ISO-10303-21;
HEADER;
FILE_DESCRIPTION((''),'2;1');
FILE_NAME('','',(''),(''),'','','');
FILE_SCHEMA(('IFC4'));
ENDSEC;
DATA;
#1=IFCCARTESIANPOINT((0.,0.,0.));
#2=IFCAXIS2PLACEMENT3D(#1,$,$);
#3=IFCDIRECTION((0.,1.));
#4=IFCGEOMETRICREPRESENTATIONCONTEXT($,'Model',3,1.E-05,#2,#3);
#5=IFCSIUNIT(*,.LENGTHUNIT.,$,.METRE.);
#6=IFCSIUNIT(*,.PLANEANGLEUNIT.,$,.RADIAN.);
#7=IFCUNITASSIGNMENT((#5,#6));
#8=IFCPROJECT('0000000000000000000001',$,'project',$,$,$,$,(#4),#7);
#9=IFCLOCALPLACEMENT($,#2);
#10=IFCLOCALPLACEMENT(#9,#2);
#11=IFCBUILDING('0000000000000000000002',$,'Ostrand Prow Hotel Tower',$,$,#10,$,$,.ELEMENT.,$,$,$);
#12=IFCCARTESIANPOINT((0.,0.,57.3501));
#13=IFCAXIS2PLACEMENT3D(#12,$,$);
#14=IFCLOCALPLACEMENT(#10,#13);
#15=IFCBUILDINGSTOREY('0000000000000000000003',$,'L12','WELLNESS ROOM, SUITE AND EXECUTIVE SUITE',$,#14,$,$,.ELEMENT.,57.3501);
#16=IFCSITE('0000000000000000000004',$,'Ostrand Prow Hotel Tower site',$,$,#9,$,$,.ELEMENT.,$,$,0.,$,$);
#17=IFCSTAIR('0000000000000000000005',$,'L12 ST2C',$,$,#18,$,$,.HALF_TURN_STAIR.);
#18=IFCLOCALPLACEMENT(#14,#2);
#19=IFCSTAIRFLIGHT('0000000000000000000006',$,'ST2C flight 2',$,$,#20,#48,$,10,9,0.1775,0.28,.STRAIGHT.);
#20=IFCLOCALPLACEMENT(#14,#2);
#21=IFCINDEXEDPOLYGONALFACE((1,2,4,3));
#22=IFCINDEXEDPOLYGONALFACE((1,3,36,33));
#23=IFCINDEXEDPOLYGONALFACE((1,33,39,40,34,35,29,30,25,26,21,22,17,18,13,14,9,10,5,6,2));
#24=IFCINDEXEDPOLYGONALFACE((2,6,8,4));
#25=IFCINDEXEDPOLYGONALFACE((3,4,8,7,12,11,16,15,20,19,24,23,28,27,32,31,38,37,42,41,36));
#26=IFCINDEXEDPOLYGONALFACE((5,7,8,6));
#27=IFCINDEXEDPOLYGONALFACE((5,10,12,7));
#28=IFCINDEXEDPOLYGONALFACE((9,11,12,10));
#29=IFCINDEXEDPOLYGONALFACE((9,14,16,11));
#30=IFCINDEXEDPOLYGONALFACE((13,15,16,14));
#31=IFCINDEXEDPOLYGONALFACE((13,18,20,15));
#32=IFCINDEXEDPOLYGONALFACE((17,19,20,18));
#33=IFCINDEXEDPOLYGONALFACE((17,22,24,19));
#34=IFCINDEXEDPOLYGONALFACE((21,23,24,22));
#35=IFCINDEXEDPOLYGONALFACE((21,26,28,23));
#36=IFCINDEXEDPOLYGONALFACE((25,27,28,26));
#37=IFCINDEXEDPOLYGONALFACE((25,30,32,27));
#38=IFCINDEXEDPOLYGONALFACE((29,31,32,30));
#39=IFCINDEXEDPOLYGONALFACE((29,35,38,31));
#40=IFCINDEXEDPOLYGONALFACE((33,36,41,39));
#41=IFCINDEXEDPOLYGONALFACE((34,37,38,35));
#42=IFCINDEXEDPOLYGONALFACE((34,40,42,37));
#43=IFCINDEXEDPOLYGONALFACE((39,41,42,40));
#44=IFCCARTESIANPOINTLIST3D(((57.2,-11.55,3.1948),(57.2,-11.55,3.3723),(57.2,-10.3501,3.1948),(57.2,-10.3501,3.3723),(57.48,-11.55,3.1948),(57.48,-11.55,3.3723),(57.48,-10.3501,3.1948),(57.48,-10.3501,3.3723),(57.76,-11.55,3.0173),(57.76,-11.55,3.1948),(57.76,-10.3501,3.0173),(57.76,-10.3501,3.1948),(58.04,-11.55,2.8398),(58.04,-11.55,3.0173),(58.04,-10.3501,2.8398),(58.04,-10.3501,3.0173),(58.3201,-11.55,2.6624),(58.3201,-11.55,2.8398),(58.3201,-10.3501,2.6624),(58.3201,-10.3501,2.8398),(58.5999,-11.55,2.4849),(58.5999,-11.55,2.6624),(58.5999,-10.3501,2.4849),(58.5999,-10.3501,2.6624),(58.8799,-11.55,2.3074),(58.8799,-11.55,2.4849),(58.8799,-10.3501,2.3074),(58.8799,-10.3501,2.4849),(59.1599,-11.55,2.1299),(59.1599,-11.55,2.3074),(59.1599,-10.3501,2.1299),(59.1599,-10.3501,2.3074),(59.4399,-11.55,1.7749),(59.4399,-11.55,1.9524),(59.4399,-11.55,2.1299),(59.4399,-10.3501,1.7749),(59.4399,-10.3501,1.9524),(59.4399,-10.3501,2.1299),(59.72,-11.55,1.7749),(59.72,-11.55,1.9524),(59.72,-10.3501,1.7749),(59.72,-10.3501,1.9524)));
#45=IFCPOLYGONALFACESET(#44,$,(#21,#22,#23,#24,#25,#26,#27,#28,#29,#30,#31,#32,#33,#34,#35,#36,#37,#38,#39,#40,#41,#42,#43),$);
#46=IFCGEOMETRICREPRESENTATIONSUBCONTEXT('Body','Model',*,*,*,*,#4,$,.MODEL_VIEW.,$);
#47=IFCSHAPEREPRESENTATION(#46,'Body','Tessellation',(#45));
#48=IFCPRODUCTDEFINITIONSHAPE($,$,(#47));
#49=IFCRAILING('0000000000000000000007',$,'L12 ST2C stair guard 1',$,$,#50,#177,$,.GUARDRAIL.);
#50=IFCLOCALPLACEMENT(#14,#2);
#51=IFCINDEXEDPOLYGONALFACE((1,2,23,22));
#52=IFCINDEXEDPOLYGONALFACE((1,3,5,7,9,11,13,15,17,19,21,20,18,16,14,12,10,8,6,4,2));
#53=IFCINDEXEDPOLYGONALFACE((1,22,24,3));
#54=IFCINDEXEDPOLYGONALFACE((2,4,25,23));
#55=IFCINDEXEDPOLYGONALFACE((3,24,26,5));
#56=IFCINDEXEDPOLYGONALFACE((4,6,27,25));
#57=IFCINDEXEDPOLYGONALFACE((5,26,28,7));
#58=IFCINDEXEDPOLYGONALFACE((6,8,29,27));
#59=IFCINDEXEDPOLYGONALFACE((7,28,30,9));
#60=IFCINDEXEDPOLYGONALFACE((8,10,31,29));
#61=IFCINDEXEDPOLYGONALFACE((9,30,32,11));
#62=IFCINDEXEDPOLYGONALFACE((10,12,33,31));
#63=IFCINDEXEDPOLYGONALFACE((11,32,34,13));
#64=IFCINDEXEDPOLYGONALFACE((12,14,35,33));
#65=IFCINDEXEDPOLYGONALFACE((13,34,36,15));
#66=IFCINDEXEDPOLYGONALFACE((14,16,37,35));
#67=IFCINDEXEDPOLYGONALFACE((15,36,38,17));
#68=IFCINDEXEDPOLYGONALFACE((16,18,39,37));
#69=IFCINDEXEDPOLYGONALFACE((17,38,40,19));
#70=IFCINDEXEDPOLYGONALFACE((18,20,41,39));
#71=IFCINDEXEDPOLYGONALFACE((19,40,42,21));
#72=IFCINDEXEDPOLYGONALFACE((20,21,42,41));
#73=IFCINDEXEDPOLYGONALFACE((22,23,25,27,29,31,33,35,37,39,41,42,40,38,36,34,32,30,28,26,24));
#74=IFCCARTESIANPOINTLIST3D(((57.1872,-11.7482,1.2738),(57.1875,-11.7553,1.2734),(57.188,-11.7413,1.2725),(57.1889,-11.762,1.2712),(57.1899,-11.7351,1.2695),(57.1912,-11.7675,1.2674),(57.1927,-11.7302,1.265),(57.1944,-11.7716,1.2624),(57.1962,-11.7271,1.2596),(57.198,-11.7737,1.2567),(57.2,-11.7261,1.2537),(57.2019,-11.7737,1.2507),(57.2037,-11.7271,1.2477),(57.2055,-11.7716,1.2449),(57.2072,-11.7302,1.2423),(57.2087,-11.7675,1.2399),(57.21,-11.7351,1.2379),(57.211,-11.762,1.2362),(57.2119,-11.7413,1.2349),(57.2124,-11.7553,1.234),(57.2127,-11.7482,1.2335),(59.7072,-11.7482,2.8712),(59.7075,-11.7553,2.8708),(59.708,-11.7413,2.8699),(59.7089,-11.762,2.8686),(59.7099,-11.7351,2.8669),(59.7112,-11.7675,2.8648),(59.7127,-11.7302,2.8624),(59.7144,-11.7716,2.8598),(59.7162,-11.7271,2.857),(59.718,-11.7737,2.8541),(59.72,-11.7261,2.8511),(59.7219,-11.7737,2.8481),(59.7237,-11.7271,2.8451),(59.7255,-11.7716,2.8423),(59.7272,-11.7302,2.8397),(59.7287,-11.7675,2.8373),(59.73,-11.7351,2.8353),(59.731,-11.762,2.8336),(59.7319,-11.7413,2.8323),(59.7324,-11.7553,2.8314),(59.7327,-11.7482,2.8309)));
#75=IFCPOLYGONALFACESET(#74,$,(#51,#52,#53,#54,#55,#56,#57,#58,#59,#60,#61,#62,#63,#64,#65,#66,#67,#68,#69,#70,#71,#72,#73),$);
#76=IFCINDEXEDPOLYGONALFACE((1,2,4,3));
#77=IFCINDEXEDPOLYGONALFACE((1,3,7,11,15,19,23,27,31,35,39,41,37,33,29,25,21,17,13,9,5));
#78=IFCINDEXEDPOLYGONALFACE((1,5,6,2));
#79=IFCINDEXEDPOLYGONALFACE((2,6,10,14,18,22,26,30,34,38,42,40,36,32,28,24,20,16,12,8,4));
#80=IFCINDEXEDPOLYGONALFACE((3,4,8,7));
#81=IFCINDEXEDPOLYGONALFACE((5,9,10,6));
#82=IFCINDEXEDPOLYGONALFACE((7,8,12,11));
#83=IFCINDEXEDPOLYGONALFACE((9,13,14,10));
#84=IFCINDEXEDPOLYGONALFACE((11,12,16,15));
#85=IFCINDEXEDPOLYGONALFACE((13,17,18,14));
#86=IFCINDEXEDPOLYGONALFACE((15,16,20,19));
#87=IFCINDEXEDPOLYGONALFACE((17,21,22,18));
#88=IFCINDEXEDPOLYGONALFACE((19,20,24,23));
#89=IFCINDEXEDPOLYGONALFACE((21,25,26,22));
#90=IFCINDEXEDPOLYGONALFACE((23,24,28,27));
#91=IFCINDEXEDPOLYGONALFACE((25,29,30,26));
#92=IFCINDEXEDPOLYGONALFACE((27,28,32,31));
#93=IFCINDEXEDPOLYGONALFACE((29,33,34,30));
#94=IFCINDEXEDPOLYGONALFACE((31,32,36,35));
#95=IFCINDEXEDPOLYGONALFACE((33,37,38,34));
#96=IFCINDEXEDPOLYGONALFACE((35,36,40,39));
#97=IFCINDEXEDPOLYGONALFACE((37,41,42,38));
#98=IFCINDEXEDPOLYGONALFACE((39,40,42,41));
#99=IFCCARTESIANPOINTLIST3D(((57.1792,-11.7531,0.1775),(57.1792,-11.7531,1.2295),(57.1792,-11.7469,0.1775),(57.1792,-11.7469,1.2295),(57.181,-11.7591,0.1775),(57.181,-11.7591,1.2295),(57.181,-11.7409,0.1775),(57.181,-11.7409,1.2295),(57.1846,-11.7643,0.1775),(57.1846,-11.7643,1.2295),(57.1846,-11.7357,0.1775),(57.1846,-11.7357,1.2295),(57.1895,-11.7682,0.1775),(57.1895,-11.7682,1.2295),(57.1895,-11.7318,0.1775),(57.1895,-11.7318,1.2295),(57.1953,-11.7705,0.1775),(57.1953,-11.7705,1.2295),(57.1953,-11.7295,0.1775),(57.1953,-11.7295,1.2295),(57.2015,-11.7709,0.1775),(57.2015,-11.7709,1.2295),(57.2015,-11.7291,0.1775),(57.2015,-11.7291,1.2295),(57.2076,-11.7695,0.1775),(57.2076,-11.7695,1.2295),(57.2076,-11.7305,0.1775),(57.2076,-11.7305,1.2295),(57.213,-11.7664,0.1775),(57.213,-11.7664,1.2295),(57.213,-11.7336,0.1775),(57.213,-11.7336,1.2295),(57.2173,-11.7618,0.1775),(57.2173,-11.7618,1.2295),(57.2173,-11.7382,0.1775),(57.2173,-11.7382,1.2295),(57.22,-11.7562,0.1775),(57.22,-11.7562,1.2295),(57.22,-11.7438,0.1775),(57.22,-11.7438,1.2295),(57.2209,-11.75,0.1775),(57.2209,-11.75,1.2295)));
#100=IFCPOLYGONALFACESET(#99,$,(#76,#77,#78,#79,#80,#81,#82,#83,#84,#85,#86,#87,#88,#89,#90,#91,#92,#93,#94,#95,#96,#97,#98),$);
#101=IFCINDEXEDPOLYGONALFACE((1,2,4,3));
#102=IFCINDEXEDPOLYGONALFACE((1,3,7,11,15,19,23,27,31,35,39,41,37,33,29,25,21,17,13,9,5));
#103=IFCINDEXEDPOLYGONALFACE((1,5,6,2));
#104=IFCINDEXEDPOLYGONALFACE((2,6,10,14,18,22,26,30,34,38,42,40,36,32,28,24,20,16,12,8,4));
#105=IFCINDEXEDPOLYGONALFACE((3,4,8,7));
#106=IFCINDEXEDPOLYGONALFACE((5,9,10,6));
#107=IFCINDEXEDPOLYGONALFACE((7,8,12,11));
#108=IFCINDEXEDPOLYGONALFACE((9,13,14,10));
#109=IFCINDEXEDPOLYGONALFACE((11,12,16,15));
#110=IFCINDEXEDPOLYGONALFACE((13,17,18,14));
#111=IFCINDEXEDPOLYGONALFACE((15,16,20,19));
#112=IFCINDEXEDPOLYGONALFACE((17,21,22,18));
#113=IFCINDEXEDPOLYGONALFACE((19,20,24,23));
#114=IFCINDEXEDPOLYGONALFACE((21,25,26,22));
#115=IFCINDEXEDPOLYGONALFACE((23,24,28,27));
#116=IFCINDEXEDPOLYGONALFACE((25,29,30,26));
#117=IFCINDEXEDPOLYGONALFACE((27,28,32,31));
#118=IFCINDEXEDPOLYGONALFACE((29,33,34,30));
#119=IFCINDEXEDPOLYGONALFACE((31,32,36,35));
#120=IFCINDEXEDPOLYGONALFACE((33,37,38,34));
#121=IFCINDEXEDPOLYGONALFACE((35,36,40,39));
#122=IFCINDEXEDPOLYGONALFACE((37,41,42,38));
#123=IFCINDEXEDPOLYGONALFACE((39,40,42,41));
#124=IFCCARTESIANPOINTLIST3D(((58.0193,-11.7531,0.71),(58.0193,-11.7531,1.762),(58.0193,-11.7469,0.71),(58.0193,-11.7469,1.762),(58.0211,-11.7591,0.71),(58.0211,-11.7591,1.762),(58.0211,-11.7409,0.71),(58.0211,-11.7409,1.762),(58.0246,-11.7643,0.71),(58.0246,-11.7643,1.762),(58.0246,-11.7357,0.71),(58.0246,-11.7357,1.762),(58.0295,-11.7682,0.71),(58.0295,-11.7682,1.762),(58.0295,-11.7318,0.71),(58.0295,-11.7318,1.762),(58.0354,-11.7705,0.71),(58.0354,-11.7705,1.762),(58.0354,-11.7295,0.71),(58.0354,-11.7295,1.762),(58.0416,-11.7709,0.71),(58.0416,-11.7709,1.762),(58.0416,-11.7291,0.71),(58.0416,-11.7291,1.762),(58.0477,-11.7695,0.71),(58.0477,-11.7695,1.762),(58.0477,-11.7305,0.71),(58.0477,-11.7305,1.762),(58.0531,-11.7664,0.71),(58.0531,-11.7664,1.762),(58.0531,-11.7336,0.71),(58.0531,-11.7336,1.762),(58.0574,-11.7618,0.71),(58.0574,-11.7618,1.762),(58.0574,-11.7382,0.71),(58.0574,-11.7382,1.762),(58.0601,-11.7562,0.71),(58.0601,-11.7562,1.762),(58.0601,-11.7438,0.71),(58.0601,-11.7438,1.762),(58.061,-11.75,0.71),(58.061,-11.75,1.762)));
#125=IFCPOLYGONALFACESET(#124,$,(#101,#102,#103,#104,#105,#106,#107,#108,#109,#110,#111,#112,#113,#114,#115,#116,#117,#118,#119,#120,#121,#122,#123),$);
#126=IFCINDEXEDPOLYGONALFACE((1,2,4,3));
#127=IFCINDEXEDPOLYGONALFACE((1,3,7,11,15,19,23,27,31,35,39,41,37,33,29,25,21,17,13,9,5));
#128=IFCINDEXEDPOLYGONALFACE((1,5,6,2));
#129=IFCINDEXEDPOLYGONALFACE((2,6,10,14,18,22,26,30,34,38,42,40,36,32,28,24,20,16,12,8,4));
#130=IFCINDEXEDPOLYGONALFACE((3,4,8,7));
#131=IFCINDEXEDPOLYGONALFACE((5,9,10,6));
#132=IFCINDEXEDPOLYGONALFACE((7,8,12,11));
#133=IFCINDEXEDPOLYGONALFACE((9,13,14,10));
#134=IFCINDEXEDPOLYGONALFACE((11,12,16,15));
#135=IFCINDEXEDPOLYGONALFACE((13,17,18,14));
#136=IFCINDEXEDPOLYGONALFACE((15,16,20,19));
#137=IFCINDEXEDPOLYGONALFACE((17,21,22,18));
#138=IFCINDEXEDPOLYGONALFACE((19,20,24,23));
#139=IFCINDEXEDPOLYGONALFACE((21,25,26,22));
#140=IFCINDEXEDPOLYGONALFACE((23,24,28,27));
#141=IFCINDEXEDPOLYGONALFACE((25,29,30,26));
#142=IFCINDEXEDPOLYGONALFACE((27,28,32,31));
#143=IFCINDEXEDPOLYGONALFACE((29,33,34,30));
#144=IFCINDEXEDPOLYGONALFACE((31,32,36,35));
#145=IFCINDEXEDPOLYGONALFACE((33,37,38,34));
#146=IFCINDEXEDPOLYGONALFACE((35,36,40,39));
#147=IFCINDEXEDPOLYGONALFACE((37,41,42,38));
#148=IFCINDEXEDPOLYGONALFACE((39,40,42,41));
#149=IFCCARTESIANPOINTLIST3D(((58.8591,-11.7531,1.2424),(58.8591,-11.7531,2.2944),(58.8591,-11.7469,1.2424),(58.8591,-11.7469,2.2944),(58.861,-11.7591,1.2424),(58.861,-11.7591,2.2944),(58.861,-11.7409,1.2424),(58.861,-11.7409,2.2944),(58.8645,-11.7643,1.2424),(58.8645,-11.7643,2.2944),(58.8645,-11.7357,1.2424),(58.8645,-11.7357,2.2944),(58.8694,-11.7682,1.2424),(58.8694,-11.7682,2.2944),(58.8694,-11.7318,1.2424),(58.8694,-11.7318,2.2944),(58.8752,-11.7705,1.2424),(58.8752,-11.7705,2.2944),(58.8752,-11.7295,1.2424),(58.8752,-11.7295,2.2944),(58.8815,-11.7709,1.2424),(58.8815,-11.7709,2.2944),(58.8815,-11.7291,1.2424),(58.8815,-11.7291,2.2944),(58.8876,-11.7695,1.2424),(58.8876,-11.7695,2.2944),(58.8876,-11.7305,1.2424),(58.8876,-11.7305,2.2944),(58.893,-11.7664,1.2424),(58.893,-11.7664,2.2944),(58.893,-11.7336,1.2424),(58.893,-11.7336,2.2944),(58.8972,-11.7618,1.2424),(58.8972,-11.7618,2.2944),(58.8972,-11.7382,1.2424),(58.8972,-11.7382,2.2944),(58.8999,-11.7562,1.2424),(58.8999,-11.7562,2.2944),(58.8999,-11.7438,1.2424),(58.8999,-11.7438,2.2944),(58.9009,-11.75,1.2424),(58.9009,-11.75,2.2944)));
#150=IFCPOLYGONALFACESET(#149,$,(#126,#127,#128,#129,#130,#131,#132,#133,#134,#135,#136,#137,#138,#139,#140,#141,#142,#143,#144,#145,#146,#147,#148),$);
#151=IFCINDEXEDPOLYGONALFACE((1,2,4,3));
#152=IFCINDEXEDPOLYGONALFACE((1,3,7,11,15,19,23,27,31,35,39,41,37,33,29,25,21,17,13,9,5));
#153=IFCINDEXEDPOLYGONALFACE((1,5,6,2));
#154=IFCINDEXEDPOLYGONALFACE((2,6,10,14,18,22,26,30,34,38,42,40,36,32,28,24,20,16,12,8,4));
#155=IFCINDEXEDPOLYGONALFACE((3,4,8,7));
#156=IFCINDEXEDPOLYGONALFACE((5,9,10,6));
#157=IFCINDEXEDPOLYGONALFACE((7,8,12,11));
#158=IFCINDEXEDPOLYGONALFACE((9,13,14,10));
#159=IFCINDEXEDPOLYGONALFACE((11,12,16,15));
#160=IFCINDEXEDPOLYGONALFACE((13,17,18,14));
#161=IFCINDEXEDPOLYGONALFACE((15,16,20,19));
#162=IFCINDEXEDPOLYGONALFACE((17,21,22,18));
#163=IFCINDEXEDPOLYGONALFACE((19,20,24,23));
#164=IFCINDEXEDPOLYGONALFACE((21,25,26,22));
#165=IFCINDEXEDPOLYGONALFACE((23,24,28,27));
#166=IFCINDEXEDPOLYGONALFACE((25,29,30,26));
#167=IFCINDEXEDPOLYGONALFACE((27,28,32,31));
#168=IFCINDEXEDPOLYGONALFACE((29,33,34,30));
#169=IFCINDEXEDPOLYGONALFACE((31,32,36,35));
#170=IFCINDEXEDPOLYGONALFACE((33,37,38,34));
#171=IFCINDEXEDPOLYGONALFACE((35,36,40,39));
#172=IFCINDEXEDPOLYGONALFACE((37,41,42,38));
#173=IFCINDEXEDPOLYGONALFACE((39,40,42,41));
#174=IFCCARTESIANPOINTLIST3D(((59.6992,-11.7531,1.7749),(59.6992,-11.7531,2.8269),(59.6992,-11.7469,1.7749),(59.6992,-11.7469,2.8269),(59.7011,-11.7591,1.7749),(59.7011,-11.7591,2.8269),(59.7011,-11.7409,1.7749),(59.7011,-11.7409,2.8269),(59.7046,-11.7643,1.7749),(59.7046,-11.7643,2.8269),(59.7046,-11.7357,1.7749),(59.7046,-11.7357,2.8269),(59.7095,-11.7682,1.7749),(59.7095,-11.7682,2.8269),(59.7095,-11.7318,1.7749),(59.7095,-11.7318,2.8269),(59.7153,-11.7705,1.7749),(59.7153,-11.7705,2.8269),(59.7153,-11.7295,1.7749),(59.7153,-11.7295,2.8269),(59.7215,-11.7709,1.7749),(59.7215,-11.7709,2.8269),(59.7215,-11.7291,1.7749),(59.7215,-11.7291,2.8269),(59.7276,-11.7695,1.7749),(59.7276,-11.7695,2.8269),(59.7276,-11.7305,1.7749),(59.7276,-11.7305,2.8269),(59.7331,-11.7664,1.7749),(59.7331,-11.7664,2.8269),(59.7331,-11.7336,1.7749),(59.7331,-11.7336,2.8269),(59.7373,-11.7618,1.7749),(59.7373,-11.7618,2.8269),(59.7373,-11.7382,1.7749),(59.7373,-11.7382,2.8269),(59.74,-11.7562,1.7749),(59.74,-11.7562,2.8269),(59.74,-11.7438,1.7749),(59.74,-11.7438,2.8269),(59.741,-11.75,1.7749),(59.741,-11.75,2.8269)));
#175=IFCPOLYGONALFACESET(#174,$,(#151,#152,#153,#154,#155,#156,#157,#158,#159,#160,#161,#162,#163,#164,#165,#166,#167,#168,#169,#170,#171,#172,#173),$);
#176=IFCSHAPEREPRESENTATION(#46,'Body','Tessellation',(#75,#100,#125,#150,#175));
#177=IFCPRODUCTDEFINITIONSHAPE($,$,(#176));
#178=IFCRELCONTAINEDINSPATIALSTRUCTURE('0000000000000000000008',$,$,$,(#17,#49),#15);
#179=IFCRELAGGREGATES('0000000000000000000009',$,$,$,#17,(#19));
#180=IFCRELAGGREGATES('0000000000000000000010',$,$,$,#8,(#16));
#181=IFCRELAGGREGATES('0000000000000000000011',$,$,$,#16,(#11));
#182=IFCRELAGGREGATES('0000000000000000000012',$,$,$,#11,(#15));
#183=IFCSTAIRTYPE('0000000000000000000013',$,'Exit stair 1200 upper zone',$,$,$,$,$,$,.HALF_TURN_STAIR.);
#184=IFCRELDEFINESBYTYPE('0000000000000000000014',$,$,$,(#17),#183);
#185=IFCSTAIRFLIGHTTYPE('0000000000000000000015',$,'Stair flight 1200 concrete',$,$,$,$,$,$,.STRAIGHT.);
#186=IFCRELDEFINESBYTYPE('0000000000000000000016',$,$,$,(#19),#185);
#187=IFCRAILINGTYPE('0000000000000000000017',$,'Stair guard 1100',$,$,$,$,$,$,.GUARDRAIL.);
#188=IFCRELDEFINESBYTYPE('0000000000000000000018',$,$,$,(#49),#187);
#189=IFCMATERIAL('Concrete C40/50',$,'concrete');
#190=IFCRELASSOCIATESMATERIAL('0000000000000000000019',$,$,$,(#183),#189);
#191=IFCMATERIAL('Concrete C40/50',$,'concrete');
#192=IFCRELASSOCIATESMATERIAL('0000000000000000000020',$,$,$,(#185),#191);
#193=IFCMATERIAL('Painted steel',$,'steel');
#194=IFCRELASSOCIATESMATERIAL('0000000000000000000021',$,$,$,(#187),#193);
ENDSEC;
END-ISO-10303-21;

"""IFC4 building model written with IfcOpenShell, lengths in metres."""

from ifc_helpers import new_model, si_unit, direction, frame, origin, origin_2d, place, context, subcontext, project, spatial, polyline, circle, outline, extrude, material, type_object, element, aggregate, save


model = new_model("IFC4")

# Units and contexts
model_context = context("Model", 3, precision=1e-05, world=origin(), true_north=direction((0.0, 1.0)))
body_context = subcontext(model_context, "Body", "Model", "MODEL_VIEW")
ifc_project = project(units=[si_unit("LENGTHUNIT", "METRE"), si_unit("PLANEANGLEUNIT", "RADIAN")], contexts=[model_context])

# Site, building, storey
site_placement = place(None, origin())
site = spatial("IfcSite", under=ifc_project, at=site_placement, Name="Ostrand Prow Hotel Tower site", CompositionType="ELEMENT", RefElevation=0.0)
building_placement = place(site_placement, origin())
building = spatial("IfcBuilding", under=site, at=building_placement, Name="Ostrand Prow Hotel Tower", CompositionType="ELEMENT")
storey_placement = place(building_placement, frame((0.0, 0.0, 57.3501)))
storey = spatial("IfcBuildingStorey", under=building, at=storey_placement, Name="L12", Description="WELLNESS ROOM, SUITE AND EXECUTIVE SUITE", CompositionType="ELEMENT", Elevation=57.3501)

# Stair, stair flight
ifc_material_1 = material(Name="Concrete C40/50", Category="concrete")
stair_type = type_object("IfcStairType", Name="Exit stair 1200 upper zone", PredefinedType="HALF_TURN_STAIR", material=ifc_material_1)
stair_placement = place(storey_placement, origin())
stair = element("IfcStair", 1, at=stair_placement, inside=storey, type_object=stair_type, Name="L12 ST2C", PredefinedType="HALF_TURN_STAIR")
ifc_material_2 = material(Name="Concrete C40/50", Category="concrete")
stair_flight_type = type_object("IfcStairFlightType", Name="Stair flight 1200 concrete", PredefinedType="STRAIGHT", material=ifc_material_2)
stair_flight_1_placement = place(storey_placement, frame((59.72, -10.95, 1.7749), z_axis=(0.0, 0.0, 1.0), x_axis=(-1.0, 0.0, 0.0)))
stair_flight_1 = element("IfcStairFlight", 2, at=stair_flight_1_placement, type_object=stair_flight_type, Name="ST2C flight 2", NumberOfRisers=10, NumberOfTreads=9, PredefinedType="STRAIGHT", RiserHeight=0.1775, TreadLength=0.28, context=body_context, shape_type="SweptSolid", body=[
    extrude(outline(polyline([(0.0, 0.0), (0.0, 0.1775), (0.28, 0.1775), (0.28, 0.355), (0.5601, 0.355), (0.5601, 0.5325), (0.8401, 0.5325), (0.8401, 0.71), (1.1201, 0.71), (1.1201, 0.8875), (1.3999, 0.8875), (1.3999, 1.0649), (1.6799, 1.0649), (1.6799, 1.2424), (1.96, 1.2424), (1.96, 1.4199), (2.24, 1.4199), (2.24, 1.5974), (2.52, 1.5974), (2.52, 1.7749), (2.52, 1.4199), (0.28, 0.0), (0.0, 0.0)])), frame((0.0, 0.6001, 0.0), z_axis=(0.0, -1.0, 0.0), x_axis=(1.0, 0.0, 0.0)), (0.0, 0.0, 1.0), 1.2),
])
aggregate(stair, [stair_flight_1])

# Railing
ifc_material_3 = material(Name="Painted steel", Category="steel")
railing_type_1 = type_object("IfcRailingType", Name="Stair guard 1100", PredefinedType="GUARDRAIL", material=ifc_material_3)
railing_1_placement = place(storey_placement, frame((57.2, -11.75, 0.1775)))
element("IfcRailing", 3, at=railing_1_placement, inside=storey, type_object=railing_type_1, Name="L12 ST2C stair guard 1", PredefinedType="GUARDRAIL", context=body_context, shape_type="SweptSolid", body=[
    extrude(circle(Radius=0.0239, at=origin_2d()), frame((0.0, 0.0, 1.0762), z_axis=(0.844607, 0.0, 0.535387), x_axis=(0.0, 1.0, 0.0)), (0.0, 0.0, 1.0), 2.9836),
    extrude(circle(Radius=0.021, at=origin_2d()), origin(), (0.0, 0.0, 1.0), 1.052),
    extrude(circle(Radius=0.021, at=origin_2d()), frame((0.8401, 0.0, 0.5325)), (0.0, 0.0, 1.0), 1.052),
    extrude(circle(Radius=0.021, at=origin_2d()), frame((1.6799, 0.0, 1.0649)), (0.0, 0.0, 1.0), 1.052),
    extrude(circle(Radius=0.021, at=origin_2d()), frame((2.52, 0.0, 1.5974)), (0.0, 0.0, 1.0), 1.052),
])

save(model, "model.ifc")
